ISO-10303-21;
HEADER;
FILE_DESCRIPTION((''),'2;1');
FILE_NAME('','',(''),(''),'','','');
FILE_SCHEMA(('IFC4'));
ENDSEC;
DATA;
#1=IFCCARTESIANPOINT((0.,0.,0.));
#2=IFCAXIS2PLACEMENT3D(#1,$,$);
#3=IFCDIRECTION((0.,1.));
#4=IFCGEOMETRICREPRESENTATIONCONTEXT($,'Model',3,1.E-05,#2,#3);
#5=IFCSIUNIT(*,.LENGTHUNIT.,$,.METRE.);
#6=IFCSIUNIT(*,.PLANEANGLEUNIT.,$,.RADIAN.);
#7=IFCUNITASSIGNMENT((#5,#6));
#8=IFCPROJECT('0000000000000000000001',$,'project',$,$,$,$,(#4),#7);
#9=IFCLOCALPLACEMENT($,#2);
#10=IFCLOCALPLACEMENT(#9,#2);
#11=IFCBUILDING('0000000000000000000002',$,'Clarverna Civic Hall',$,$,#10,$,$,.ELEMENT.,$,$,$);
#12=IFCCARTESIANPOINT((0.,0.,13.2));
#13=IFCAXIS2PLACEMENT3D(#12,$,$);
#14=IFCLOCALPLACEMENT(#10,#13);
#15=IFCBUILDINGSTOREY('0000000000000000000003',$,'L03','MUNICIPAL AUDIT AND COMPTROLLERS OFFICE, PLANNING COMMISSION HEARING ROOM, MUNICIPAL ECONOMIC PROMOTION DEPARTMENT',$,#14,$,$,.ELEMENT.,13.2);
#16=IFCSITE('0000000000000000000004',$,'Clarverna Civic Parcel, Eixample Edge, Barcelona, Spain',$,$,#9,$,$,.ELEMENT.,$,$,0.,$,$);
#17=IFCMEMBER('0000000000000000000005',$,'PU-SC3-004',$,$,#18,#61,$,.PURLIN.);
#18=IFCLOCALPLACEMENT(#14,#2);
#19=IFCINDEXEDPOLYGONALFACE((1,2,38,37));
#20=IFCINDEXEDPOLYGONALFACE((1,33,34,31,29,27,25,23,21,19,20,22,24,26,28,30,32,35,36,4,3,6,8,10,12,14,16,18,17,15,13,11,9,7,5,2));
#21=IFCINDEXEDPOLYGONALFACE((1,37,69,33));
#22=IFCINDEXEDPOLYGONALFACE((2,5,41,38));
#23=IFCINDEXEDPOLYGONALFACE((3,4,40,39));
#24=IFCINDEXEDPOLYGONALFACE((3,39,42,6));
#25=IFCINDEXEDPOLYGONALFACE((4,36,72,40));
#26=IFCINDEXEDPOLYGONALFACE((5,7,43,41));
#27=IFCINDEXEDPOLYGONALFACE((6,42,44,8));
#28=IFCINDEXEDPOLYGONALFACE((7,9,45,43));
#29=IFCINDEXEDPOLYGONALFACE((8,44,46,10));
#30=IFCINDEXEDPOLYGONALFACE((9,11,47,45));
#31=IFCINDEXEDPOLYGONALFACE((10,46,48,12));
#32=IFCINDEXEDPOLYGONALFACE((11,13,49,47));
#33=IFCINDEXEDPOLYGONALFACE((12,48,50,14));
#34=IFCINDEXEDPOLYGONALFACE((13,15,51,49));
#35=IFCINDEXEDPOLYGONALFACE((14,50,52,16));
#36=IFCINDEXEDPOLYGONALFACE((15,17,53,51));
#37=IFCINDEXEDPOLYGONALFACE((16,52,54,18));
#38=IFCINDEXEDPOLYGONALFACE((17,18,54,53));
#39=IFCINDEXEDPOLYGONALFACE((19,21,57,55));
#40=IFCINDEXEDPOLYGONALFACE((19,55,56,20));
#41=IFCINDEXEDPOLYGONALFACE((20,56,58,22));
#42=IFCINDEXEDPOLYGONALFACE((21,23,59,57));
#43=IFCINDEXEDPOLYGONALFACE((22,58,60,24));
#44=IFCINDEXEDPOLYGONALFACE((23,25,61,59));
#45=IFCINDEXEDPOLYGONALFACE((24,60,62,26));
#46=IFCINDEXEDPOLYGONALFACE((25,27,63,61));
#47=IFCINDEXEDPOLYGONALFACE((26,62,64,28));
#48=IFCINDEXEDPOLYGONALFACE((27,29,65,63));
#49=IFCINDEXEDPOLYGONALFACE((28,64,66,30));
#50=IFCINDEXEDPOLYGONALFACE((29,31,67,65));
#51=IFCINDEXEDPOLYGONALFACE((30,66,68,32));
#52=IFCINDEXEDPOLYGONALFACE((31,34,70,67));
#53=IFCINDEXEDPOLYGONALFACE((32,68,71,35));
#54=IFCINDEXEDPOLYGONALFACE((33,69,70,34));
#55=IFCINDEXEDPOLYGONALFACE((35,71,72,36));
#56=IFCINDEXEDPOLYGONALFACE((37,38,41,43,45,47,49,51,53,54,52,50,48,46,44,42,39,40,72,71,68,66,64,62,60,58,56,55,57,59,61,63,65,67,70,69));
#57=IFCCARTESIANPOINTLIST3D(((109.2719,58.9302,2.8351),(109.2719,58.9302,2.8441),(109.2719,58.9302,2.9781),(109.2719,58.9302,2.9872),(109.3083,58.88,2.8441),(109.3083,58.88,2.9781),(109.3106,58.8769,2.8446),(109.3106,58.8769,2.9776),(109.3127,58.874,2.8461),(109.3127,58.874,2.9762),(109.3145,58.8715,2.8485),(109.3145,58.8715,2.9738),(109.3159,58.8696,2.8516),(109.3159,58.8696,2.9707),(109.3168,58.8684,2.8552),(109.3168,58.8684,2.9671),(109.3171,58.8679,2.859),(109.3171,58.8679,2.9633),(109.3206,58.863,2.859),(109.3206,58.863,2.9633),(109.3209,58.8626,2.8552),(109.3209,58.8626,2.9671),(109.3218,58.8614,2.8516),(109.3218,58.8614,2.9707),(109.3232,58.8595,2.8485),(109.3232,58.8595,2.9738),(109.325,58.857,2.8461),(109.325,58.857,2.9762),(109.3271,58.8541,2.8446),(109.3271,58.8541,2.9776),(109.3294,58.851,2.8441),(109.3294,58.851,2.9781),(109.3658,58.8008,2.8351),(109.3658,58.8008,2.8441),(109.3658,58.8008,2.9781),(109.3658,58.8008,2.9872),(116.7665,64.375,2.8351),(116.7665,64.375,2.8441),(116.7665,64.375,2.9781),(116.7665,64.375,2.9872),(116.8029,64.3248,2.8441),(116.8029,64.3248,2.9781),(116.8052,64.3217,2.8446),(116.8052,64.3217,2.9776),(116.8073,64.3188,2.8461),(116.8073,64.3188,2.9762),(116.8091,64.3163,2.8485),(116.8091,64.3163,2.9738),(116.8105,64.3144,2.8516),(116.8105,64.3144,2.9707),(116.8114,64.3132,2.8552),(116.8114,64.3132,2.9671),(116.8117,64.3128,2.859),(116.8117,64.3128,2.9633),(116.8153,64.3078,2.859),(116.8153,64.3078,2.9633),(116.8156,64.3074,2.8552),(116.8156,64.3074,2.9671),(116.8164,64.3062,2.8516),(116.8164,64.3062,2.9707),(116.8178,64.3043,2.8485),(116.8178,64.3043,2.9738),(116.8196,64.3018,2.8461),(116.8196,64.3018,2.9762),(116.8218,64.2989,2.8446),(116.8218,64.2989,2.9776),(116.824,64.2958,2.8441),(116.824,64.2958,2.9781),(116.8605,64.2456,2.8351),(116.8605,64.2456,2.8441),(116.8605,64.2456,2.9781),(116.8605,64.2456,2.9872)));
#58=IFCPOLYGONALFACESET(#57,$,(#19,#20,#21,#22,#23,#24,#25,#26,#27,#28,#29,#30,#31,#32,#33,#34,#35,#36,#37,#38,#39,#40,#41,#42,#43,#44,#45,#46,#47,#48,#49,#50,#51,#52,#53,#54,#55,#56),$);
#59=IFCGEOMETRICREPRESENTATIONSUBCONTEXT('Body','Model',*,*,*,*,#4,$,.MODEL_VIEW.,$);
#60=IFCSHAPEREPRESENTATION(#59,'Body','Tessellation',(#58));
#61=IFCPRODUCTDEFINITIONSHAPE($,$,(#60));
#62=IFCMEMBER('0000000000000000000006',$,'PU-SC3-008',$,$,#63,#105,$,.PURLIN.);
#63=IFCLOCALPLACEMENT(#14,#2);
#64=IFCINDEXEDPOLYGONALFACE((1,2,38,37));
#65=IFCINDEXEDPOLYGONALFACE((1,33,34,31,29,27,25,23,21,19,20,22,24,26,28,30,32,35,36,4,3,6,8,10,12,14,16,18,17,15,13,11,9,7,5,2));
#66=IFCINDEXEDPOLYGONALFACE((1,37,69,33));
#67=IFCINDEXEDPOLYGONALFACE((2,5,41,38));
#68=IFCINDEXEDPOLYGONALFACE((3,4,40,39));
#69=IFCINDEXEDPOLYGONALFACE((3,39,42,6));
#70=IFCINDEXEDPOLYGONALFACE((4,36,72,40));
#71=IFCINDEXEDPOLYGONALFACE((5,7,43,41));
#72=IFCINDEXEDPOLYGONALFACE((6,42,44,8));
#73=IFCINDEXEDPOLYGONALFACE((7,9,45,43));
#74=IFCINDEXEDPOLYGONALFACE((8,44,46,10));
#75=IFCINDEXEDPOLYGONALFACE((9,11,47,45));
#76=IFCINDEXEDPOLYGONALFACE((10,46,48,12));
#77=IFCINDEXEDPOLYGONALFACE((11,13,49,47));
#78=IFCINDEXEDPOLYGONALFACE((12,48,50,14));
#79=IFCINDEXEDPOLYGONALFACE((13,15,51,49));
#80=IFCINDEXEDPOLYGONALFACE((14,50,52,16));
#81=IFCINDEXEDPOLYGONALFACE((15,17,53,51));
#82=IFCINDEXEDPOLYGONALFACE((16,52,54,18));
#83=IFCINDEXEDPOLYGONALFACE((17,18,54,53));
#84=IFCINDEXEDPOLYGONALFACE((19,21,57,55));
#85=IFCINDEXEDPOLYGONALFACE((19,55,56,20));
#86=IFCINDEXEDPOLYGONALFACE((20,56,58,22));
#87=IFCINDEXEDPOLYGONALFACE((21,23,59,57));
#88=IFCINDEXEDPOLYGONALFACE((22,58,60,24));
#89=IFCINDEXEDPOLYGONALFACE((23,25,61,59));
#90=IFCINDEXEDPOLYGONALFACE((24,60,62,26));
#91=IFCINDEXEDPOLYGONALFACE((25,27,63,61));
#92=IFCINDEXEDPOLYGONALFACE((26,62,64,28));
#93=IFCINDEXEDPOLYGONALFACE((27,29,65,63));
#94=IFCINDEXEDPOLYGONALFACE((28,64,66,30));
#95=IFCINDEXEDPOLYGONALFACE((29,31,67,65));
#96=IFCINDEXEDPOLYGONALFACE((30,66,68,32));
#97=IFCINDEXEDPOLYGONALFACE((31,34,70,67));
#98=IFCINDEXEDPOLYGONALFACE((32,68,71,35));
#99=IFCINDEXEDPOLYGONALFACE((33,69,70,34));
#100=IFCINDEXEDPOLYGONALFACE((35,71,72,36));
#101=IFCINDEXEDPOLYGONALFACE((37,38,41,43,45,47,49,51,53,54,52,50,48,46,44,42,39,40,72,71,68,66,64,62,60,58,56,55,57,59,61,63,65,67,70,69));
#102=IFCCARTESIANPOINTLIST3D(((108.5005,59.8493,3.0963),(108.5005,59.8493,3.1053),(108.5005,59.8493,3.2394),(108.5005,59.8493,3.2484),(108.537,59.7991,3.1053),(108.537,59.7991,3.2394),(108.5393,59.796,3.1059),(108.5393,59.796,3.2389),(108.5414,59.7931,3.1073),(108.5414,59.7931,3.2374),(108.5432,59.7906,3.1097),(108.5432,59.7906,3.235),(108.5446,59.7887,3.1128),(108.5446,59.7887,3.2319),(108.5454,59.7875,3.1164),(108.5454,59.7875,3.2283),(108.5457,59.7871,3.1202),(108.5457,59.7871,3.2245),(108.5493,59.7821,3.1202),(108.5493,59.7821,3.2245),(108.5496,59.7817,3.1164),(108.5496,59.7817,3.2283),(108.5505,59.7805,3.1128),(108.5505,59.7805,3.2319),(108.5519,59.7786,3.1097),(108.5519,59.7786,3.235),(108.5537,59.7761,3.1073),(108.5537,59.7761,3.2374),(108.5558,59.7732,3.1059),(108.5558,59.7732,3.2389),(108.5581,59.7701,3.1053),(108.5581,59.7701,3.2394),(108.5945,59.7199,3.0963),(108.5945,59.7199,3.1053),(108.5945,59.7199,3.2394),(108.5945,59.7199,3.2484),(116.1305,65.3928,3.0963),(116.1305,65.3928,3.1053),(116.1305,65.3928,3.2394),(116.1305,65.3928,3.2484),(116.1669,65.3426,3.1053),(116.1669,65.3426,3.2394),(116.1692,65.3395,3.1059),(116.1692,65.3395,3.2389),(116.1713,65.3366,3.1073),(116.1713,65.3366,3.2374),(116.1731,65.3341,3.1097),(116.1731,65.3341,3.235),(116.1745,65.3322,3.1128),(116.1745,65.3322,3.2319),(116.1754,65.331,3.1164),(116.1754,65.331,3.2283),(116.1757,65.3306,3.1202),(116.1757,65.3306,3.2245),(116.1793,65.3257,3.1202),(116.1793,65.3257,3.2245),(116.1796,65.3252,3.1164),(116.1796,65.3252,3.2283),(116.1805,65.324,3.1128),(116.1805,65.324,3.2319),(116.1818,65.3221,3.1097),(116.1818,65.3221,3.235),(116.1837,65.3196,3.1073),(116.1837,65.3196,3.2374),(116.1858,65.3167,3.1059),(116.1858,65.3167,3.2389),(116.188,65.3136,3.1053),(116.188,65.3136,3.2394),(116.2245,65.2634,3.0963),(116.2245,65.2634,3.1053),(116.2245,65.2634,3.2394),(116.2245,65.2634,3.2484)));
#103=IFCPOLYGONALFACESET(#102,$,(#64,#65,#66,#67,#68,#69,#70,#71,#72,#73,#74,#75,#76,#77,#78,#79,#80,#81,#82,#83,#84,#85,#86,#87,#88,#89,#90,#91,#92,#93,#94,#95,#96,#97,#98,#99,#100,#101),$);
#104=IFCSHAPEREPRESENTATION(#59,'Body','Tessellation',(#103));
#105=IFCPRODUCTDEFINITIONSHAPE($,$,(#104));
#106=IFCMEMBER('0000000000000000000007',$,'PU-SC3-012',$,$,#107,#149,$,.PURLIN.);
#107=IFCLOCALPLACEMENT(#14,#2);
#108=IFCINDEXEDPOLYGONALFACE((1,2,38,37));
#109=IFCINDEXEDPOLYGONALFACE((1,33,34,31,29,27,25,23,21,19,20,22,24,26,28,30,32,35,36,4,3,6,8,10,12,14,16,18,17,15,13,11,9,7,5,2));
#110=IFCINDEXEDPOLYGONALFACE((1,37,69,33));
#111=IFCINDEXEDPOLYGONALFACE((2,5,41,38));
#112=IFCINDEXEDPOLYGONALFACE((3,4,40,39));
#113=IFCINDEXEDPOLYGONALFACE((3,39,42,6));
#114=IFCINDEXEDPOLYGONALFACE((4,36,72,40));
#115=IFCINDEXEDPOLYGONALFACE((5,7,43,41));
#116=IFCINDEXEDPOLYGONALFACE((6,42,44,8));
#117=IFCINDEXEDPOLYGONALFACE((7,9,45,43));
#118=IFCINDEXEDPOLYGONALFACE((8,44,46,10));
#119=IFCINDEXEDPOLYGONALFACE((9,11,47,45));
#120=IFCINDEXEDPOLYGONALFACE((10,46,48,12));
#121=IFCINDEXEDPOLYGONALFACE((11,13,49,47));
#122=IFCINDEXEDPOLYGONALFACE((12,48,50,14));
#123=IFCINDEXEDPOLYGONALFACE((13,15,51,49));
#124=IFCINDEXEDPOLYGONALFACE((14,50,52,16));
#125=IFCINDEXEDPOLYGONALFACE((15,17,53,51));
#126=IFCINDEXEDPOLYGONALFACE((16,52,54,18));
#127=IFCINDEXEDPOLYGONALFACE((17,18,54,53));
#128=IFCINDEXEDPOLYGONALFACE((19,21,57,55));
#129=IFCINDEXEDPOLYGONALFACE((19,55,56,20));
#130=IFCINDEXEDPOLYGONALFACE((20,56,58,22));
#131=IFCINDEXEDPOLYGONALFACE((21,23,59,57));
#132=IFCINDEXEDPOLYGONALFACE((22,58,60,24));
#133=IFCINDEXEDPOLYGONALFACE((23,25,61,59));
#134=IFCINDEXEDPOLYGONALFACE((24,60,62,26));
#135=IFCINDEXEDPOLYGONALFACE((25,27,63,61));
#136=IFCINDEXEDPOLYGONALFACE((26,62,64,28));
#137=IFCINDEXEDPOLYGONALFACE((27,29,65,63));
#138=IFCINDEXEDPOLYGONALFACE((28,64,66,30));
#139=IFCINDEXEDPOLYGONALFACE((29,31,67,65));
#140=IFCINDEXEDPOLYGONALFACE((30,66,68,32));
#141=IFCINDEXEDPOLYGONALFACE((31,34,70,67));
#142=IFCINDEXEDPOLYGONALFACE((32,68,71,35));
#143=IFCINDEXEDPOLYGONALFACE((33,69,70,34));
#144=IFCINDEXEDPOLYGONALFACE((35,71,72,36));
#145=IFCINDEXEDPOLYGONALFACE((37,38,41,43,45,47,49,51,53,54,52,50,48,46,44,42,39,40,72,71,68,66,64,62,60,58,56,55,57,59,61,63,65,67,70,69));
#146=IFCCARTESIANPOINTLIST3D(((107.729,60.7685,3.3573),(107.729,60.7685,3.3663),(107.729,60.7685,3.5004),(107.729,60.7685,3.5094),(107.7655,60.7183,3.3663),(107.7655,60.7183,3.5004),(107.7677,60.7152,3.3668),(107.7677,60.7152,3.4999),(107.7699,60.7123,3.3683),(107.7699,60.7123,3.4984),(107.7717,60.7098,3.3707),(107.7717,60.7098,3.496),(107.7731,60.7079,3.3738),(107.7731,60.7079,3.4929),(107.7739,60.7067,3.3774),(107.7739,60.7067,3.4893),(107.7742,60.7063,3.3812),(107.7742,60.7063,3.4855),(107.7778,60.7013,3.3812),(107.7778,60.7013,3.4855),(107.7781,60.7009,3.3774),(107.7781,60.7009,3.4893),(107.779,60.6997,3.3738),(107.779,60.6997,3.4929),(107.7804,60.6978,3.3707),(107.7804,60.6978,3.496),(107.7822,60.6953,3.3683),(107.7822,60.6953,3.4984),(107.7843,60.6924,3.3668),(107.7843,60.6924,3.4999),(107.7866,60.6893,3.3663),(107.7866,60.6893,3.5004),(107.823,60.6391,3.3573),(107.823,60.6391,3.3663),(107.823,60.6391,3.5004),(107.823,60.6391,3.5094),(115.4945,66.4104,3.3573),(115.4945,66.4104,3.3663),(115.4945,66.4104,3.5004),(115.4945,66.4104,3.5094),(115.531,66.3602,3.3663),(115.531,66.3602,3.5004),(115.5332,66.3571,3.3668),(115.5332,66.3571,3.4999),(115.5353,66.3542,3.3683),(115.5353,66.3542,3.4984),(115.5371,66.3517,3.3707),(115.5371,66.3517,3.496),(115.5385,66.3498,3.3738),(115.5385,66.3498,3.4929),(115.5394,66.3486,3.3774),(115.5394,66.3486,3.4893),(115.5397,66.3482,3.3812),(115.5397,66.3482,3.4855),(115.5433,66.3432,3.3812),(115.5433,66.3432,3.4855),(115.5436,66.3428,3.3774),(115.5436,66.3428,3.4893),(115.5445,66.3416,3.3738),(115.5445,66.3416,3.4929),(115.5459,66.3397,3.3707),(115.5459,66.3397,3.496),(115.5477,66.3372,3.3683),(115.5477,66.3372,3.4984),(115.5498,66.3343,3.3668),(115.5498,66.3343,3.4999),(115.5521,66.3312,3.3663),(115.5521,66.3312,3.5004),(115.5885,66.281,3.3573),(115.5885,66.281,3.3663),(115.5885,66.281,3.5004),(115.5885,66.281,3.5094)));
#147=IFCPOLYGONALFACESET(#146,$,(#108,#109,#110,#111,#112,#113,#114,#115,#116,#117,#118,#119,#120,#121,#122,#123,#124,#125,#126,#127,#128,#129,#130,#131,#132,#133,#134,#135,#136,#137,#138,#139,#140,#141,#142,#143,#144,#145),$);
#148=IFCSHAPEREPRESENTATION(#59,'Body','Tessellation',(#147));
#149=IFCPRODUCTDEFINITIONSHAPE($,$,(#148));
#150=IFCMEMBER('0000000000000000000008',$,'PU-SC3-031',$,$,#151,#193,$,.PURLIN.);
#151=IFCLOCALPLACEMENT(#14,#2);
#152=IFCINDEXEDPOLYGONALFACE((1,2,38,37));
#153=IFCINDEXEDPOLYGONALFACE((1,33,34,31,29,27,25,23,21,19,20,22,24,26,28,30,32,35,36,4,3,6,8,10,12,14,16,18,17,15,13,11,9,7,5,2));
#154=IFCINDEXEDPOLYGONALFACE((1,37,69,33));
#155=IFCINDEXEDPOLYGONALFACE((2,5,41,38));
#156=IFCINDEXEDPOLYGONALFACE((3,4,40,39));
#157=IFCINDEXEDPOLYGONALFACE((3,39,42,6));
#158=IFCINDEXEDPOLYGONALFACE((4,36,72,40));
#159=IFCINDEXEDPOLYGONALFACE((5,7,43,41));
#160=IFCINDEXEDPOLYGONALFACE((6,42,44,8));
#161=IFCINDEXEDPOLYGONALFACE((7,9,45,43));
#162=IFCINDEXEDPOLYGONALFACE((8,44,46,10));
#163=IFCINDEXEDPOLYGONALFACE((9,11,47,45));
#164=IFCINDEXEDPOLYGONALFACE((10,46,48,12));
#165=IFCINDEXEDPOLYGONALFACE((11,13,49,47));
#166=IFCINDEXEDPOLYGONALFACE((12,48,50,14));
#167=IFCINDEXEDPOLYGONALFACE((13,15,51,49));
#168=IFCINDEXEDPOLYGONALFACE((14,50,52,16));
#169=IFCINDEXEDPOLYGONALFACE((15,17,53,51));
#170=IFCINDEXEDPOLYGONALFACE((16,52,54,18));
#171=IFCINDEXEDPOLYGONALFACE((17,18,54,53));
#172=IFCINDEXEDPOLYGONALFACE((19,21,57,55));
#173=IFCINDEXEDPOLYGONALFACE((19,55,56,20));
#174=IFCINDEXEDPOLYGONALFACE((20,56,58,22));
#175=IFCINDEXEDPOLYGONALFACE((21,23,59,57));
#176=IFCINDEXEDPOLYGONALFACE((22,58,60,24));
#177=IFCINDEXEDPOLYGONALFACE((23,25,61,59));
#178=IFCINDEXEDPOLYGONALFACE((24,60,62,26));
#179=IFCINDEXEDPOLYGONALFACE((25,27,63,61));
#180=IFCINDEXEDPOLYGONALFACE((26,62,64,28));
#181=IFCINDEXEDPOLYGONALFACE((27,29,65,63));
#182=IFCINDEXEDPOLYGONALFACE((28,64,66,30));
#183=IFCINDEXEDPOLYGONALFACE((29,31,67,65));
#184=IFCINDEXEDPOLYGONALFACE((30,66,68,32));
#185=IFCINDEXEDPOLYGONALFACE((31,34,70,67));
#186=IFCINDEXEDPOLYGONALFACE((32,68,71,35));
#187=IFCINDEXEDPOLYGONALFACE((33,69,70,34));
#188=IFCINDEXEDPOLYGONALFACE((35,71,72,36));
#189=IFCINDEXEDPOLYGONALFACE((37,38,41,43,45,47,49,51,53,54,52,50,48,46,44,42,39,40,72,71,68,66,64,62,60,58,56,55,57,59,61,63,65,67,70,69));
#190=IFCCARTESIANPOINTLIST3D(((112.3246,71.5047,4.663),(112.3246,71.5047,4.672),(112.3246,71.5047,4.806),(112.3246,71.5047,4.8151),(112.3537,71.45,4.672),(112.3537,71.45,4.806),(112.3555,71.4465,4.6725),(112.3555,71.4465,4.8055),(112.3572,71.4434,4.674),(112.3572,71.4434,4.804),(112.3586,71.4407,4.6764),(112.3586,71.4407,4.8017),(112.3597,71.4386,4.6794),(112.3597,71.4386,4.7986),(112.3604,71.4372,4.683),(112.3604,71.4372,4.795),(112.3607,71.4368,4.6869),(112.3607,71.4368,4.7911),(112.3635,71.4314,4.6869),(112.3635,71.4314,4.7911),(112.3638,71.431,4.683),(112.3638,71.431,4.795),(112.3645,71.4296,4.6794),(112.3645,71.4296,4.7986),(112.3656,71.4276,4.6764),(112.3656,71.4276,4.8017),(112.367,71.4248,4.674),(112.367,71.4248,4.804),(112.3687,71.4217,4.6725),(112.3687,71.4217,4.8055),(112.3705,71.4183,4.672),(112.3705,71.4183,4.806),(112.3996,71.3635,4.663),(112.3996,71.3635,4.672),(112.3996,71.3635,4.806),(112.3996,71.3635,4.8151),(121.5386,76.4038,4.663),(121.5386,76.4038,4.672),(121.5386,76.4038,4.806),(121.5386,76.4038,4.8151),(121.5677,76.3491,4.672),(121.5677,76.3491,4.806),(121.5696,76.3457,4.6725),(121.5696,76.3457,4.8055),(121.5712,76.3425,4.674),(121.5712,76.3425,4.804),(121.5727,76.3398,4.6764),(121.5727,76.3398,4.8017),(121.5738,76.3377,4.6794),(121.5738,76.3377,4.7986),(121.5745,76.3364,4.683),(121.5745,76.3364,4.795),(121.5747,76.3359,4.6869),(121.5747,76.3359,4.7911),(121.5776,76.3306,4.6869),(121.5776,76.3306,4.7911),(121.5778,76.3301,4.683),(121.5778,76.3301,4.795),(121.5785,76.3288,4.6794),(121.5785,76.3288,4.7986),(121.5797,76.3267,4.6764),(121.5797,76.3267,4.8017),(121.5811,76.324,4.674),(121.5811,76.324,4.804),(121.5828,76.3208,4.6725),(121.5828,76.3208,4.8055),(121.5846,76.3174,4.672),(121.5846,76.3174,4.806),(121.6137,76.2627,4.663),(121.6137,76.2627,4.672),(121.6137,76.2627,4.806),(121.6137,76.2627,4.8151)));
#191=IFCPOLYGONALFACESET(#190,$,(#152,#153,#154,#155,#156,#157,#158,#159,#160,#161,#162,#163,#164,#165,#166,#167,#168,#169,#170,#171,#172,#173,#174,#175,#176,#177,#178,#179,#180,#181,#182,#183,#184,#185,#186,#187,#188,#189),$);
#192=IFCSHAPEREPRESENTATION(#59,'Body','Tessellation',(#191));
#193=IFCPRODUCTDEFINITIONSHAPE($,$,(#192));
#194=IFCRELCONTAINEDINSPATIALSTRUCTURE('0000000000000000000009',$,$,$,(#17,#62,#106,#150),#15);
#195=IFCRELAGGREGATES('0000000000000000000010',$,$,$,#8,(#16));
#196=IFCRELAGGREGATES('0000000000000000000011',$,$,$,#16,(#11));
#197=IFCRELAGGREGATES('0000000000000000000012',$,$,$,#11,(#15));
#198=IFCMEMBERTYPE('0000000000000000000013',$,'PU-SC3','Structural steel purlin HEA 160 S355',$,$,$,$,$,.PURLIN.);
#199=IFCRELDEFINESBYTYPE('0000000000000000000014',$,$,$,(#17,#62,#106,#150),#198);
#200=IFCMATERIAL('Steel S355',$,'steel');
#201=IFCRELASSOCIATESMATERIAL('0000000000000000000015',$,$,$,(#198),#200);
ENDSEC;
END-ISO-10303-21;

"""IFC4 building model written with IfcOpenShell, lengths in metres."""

from ifc_helpers import new_model, si_unit, direction, frame, origin, origin_2d, place, context, subcontext, project, spatial, i_section, extrude, material, material_profile, profile_set, type_object, element, save


model = new_model("IFC4")

# Units and contexts
model_context = context("Model", 3, precision=1e-05, world=origin(), true_north=direction((0.0, 1.0)))
body_context = subcontext(model_context, "Body", "Model", "MODEL_VIEW")
ifc_project = project(units=[si_unit("LENGTHUNIT", "METRE"), si_unit("PLANEANGLEUNIT", "RADIAN")], contexts=[model_context])

# Site, building, storey
site_placement = place(None, origin())
site = spatial("IfcSite", under=ifc_project, at=site_placement, Name="Clarverna Civic Parcel, Eixample Edge, Barcelona, Spain", CompositionType="ELEMENT", RefElevation=0.0)
building_placement = place(site_placement, origin())
building = spatial("IfcBuilding", under=site, at=building_placement, Name="Clarverna Civic Hall", CompositionType="ELEMENT")
storey_placement = place(building_placement, frame((0.0, 0.0, 13.2)))
storey = spatial("IfcBuildingStorey", under=building, at=storey_placement, Name="L03", Description="MUNICIPAL AUDIT AND COMPTROLLERS OFFICE, PLANNING COMMISSION HEARING ROOM, MUNICIPAL ECONOMIC PROMOTION DEPARTMENT", CompositionType="ELEMENT", Elevation=13.2)

# Members
ifc_material_1 = material(Name="Steel S355", Category="steel")
ifc_material_profile = material_profile(ifc_material_1, i_section(OverallWidth=0.1599, OverallDepth=0.1521, WebThickness=0.0061, FlangeThickness=0.009, FilletRadius=0.0149, at=origin_2d()), Name="HEA 160")
ifc_profile_set = profile_set([ifc_material_profile], Name="Steel S355")
member_type = type_object("IfcMemberType", Name="PU-SC3", Description="Structural steel purlin HEA 160 S355", PredefinedType="PURLIN", material=ifc_profile_set)
member_1_placement = place(storey_placement, frame((116.8135, 64.3103, 2.9111), z_axis=(-0.809035, -0.587761, 0.0), x_axis=(0.587761, -0.809035, 0.0)))
element("IfcMember", 1, at=member_1_placement, inside=storey, type_object=member_type, Name="PU-SC3-004", PredefinedType="PURLIN", context=body_context, shape_type="SweptSolid", body=[
    extrude(i_section(OverallWidth=0.1599, OverallDepth=0.1521, WebThickness=0.0061, FlangeThickness=0.009, FilletRadius=0.0149, at=origin_2d()), origin(), (0.0, 0.0, 1.0), 9.2637),
])
member_2_placement = place(storey_placement, frame((116.1775, 65.3281, 3.1724), z_axis=(-0.809016, -0.587787, 0.0), x_axis=(0.587787, -0.809016, 0.0)))
element("IfcMember", 2, at=member_2_placement, inside=storey, type_object=member_type, Name="PU-SC3-008", PredefinedType="PURLIN", context=body_context, shape_type="SweptSolid", body=[
    extrude(i_section(OverallWidth=0.1599, OverallDepth=0.1521, WebThickness=0.0061, FlangeThickness=0.009, FilletRadius=0.0149, at=origin_2d()), origin(), (0.0, 0.0, 1.0), 9.4312),
])
member_3_placement = place(storey_placement, frame((115.5415, 66.3457, 3.4333), z_axis=(-0.809019, -0.587783, 0.0), x_axis=(0.587783, -0.809019, 0.0)))
element("IfcMember", 3, at=member_3_placement, inside=storey, type_object=member_type, Name="PU-SC3-012", PredefinedType="PURLIN", context=body_context, shape_type="SweptSolid", body=[
    extrude(i_section(OverallWidth=0.1599, OverallDepth=0.1521, WebThickness=0.0061, FlangeThickness=0.009, FilletRadius=0.0149, at=origin_2d()), origin(), (0.0, 0.0, 1.0), 9.5986),
])
member_4_placement = place(storey_placement, frame((121.5762, 76.3333, 4.739), z_axis=(-0.88295, -0.469467, 0.0), x_axis=(0.469467, -0.88295, 0.0)))
element("IfcMember", 4, at=member_4_placement, inside=storey, type_object=member_type, Name="PU-SC3-031", PredefinedType="PURLIN", context=body_context, shape_type="SweptSolid", body=[
    extrude(i_section(OverallWidth=0.1599, OverallDepth=0.1521, WebThickness=0.0061, FlangeThickness=0.009, FilletRadius=0.0149, at=origin_2d()), origin(), (0.0, 0.0, 1.0), 10.4355),
])

save(model, "model.ifc")
